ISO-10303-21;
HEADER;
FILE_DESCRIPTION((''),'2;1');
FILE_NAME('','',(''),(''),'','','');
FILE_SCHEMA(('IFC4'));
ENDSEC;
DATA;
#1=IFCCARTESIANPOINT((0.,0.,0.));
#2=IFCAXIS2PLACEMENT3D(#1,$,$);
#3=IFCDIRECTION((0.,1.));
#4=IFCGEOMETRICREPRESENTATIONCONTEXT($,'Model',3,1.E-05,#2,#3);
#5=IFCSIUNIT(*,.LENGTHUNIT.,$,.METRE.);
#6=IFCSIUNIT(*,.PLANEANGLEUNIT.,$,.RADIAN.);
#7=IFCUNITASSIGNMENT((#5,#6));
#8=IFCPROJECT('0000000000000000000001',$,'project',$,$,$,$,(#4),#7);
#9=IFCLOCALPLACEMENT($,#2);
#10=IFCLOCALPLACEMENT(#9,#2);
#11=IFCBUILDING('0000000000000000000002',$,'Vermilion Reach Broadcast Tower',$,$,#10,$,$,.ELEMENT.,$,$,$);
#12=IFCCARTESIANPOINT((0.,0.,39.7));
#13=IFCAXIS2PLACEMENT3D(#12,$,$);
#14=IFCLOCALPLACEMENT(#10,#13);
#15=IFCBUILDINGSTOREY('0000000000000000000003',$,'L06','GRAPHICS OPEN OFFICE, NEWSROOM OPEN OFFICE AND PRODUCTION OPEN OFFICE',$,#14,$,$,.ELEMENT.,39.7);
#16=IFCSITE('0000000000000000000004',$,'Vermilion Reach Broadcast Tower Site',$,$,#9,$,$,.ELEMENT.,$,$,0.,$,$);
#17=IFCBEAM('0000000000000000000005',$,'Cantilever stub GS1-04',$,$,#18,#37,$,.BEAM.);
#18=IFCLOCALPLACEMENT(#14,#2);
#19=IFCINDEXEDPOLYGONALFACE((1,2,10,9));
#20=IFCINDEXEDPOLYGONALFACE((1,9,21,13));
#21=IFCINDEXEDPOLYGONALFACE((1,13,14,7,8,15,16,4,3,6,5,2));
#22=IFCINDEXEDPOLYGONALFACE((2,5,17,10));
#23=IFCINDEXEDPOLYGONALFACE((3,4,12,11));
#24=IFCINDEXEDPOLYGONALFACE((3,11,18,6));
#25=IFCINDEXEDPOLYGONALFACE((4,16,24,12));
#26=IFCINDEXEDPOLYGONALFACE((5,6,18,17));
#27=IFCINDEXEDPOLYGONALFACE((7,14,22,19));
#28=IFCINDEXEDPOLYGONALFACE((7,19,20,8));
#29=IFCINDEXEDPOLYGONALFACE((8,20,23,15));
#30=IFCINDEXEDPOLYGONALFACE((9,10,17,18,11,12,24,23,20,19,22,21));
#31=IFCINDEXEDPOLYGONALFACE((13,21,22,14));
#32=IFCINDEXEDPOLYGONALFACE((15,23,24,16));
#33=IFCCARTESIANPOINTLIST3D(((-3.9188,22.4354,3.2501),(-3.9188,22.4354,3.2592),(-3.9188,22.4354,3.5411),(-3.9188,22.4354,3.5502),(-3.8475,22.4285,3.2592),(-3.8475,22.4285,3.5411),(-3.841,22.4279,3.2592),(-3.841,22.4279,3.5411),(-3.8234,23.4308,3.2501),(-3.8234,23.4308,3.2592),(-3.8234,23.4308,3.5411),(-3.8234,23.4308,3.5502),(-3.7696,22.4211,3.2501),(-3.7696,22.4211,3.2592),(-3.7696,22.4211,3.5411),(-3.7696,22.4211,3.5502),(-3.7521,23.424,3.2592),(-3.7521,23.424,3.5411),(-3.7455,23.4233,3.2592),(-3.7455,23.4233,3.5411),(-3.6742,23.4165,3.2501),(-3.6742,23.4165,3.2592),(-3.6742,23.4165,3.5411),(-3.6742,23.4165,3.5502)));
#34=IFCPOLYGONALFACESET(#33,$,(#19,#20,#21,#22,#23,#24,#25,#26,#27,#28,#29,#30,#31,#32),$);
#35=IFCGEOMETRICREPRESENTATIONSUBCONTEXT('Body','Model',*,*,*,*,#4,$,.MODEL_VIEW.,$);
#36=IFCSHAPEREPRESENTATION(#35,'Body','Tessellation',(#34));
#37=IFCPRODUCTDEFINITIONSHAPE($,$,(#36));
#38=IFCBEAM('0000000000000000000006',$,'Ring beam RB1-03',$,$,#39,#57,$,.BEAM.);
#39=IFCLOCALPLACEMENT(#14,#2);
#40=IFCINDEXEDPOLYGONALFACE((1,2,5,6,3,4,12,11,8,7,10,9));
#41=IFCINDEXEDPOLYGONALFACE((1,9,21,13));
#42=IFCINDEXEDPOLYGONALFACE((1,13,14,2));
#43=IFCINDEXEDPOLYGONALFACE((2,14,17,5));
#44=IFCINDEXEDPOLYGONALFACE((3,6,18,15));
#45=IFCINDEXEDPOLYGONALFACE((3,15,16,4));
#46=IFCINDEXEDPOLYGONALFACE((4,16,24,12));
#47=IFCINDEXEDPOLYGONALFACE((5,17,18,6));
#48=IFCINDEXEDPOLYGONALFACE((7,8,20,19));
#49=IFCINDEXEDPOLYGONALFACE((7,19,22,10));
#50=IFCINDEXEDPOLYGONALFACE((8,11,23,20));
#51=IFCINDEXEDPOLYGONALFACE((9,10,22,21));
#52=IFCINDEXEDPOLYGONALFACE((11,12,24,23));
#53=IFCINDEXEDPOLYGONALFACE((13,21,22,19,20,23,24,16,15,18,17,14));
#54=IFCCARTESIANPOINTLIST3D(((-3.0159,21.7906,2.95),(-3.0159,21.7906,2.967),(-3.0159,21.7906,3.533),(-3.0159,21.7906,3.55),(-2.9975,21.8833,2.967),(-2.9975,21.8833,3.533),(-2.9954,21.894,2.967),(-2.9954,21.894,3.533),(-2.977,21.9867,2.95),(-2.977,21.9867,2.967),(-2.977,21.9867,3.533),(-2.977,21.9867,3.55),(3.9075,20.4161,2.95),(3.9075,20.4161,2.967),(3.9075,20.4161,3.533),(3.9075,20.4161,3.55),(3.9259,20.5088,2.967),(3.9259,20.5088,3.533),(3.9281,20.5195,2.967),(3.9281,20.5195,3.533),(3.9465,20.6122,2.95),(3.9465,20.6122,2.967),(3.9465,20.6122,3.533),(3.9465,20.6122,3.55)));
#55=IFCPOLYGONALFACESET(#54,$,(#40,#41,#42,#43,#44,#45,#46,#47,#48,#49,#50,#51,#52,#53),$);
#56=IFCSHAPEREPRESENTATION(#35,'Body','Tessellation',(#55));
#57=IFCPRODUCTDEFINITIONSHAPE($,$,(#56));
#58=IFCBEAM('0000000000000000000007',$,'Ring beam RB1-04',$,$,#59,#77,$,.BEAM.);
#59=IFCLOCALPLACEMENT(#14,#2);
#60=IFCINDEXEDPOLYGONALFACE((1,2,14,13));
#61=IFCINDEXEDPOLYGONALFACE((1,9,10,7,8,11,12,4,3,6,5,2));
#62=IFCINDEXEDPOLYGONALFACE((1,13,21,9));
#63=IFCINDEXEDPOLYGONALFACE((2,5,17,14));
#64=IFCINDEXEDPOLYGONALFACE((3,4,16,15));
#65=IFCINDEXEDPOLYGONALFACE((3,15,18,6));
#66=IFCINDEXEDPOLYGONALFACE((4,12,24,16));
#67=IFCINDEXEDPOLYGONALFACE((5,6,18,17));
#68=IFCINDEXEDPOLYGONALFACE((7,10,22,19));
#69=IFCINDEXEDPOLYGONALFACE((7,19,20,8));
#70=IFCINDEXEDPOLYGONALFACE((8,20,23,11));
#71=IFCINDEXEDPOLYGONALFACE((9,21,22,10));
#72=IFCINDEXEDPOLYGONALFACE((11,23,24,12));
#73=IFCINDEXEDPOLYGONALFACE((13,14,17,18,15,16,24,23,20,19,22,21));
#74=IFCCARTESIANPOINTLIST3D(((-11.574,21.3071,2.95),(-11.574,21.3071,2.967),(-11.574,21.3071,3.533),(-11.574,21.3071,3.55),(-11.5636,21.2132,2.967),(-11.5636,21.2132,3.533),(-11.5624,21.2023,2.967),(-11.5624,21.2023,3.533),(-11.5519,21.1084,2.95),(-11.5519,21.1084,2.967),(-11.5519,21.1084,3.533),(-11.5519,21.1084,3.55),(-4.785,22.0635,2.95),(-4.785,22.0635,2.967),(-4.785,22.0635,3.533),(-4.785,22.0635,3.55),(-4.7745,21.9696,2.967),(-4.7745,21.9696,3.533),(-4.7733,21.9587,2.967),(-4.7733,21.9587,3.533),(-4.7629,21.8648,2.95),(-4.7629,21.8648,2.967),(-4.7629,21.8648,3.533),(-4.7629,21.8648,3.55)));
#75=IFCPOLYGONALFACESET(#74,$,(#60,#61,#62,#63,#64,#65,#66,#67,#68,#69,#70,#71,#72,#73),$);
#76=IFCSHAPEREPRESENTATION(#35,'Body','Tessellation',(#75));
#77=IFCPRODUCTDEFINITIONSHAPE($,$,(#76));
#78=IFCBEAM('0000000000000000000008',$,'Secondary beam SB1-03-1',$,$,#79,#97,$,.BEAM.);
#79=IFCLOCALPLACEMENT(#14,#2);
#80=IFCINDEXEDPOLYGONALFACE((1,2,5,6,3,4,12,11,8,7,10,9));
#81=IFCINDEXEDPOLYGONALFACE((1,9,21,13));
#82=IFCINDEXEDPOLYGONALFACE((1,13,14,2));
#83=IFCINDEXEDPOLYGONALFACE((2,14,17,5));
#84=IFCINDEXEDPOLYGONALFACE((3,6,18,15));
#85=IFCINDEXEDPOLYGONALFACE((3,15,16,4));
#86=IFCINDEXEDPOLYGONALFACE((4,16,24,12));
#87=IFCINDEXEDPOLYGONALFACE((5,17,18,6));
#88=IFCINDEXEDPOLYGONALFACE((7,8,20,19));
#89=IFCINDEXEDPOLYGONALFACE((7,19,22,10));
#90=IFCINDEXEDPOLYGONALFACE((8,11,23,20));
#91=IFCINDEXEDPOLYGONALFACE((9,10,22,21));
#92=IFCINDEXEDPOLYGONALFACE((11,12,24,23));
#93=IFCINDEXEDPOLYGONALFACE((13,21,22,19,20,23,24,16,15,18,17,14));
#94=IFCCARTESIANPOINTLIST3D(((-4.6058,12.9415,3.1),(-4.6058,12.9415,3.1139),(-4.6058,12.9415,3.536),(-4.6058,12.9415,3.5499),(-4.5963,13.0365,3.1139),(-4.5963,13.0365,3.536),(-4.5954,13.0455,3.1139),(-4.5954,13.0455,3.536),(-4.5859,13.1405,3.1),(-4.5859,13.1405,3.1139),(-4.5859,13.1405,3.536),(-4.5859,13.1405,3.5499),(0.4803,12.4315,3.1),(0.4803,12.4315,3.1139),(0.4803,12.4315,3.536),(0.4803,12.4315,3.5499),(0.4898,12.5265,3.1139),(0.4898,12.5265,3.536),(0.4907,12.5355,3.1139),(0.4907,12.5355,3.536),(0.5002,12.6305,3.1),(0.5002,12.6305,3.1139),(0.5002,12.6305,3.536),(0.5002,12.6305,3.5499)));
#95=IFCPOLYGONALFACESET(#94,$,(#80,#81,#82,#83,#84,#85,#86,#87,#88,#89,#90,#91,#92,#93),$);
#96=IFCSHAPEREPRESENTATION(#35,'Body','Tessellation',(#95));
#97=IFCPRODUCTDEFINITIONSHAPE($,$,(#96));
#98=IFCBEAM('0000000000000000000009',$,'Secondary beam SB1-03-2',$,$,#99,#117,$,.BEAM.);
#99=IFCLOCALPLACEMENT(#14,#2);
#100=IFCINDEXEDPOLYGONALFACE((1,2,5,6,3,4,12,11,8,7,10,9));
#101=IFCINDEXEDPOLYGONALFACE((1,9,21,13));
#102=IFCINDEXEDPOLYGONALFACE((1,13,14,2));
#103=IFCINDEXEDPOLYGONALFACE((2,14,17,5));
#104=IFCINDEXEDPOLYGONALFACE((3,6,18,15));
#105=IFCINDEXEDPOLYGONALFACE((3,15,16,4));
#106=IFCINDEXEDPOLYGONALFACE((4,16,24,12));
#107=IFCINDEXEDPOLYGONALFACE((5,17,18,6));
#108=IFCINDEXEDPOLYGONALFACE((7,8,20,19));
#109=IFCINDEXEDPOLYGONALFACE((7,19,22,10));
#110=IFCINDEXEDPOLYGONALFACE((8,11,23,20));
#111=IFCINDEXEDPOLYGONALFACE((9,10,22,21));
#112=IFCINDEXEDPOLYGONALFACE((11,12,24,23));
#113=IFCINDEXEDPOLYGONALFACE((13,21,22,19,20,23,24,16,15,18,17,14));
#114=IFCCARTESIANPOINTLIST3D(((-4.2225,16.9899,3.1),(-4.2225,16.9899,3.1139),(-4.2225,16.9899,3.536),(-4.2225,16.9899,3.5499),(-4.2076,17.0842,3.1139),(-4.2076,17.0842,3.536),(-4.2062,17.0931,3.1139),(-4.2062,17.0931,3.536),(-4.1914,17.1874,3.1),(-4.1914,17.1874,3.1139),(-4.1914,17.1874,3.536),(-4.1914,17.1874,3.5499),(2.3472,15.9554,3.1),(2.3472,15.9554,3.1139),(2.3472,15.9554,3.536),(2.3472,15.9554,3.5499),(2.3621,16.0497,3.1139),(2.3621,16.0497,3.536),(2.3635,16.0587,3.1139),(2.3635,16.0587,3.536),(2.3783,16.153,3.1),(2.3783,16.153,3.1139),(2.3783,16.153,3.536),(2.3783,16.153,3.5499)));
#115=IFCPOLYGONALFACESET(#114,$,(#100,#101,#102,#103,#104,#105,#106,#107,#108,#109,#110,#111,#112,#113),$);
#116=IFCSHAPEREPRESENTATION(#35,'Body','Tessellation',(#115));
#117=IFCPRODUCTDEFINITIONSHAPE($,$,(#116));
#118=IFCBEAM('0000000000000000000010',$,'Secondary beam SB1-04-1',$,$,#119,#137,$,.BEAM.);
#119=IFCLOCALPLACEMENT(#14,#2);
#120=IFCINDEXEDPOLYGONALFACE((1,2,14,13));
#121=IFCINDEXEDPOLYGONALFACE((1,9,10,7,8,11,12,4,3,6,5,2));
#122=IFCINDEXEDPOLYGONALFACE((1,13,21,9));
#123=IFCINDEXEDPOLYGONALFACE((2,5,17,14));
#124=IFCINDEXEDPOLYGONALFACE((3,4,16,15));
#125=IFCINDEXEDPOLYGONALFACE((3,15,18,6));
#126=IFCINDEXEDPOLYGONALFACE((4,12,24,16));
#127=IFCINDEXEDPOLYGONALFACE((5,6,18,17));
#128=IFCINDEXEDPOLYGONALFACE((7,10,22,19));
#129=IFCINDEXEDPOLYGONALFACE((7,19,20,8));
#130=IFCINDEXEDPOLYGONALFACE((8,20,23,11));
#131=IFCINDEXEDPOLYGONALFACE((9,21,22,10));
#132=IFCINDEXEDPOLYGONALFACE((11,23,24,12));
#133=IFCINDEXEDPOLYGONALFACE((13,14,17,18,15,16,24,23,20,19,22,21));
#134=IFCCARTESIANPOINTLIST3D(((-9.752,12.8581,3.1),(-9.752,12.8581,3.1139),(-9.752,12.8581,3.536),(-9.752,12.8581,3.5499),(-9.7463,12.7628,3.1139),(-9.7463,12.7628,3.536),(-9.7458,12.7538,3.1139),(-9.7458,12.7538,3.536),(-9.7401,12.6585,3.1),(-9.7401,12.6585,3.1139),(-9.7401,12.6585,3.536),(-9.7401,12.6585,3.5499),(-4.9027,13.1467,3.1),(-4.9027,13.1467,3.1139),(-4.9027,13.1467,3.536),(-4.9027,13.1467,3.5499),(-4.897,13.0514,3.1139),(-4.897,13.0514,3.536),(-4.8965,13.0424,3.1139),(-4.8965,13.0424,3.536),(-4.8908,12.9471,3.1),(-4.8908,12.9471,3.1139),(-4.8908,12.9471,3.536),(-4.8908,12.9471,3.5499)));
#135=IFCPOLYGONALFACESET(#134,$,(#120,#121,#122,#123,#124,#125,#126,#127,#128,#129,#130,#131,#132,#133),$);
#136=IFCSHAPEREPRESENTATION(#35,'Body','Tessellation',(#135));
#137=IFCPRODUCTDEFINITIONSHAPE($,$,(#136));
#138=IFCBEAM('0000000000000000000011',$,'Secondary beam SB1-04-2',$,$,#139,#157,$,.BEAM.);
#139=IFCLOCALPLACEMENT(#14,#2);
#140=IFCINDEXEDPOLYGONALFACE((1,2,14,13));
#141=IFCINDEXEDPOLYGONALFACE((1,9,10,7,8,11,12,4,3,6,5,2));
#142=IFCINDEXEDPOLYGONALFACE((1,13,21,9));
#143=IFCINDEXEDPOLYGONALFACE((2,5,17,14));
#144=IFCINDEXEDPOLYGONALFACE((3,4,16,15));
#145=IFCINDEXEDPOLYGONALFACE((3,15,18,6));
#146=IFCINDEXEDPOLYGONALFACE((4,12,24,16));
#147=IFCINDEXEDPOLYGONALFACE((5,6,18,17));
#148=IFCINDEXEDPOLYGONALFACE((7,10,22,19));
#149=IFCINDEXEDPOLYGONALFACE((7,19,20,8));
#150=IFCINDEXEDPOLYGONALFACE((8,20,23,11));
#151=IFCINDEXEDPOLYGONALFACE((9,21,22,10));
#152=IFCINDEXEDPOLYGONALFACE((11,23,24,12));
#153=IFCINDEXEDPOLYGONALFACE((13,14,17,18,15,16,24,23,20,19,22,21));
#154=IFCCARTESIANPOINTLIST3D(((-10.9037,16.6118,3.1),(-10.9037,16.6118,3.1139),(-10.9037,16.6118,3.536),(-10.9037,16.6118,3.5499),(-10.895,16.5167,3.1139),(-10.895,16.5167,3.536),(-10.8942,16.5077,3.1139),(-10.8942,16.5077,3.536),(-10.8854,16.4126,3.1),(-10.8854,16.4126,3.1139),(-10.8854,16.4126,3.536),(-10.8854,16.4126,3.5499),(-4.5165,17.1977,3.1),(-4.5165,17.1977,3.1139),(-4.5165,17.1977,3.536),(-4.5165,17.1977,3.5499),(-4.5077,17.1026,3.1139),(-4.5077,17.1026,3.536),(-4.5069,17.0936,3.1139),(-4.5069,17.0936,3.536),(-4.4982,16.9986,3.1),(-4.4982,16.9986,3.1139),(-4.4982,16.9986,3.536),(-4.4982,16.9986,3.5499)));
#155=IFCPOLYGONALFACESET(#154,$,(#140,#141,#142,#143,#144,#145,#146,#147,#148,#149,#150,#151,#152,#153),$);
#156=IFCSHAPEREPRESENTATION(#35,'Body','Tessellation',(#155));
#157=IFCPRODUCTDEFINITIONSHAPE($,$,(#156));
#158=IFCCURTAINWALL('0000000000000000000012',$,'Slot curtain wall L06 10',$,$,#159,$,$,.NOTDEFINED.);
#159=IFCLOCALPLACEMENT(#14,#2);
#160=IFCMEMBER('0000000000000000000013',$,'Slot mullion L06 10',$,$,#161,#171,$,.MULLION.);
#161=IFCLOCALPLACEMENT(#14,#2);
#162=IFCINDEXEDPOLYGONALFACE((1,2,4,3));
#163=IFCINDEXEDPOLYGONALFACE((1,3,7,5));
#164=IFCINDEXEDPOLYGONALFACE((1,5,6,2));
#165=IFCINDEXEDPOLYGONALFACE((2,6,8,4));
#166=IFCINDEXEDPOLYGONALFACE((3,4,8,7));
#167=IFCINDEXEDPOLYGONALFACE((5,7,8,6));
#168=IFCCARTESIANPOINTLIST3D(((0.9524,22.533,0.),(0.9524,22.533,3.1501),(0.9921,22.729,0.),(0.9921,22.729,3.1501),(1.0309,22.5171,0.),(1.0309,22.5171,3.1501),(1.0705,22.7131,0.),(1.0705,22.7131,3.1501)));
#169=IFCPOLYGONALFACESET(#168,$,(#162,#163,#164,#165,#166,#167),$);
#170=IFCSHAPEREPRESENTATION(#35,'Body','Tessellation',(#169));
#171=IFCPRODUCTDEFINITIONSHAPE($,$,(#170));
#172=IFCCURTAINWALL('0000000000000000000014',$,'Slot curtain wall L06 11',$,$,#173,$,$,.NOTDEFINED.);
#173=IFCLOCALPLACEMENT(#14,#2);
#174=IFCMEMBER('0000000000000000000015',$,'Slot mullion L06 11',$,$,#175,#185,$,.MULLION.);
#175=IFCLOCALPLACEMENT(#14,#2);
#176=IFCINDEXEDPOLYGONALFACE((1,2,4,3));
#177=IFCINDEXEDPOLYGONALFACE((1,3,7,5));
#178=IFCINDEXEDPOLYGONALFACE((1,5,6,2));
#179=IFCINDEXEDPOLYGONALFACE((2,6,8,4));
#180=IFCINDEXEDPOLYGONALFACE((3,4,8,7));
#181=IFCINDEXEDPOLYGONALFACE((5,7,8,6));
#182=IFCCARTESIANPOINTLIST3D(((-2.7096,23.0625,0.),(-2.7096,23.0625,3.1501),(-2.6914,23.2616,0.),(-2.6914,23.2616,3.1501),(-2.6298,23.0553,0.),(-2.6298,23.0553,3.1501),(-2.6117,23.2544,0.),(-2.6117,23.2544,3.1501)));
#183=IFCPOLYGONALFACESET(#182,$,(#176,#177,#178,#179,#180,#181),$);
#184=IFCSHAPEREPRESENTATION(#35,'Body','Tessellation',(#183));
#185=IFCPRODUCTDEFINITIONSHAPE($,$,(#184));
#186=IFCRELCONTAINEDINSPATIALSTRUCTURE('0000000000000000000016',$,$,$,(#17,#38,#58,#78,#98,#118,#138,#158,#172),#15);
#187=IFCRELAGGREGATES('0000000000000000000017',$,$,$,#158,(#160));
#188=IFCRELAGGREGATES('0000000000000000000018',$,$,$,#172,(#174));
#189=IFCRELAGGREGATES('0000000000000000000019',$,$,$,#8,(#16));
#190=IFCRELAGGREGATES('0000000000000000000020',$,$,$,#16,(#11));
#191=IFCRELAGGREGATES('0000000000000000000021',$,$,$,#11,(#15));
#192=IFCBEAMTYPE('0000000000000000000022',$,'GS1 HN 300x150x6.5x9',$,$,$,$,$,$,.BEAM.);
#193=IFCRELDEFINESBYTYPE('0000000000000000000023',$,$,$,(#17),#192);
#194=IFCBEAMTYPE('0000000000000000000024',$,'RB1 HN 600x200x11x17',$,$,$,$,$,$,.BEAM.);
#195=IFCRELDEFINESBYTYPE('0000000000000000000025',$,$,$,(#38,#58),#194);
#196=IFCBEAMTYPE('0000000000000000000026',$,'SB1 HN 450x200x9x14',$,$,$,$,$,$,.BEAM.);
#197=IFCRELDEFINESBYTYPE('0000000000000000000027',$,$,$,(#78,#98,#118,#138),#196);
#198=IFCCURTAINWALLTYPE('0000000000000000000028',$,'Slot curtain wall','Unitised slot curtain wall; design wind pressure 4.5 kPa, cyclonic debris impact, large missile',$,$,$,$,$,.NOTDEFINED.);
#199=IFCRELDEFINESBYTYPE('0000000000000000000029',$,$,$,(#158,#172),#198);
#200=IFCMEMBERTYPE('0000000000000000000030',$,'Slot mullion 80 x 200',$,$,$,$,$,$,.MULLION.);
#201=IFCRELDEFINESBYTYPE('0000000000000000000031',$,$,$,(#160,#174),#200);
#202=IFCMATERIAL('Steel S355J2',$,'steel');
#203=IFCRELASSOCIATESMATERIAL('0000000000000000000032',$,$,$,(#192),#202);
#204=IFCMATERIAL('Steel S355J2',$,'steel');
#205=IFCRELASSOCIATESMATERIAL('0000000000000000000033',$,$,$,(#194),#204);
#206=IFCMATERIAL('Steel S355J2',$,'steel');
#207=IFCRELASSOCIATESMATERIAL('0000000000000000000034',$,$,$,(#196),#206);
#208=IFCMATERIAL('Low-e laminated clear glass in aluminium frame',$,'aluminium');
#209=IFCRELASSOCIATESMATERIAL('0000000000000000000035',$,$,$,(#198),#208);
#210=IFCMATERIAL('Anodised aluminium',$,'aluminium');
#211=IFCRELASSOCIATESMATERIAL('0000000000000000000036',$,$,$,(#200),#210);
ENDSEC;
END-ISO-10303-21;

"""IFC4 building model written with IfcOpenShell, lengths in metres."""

from ifc_helpers import new_model, si_unit, direction, frame, origin, origin_2d, place, context, subcontext, project, spatial, rectangle, i_section, extrude, material, material_profile, profile_set, type_object, element, aggregate, save


model = new_model("IFC4")

# Units and contexts
model_context = context("Model", 3, precision=1e-05, world=origin(), true_north=direction((0.0, 1.0)))
body_context = subcontext(model_context, "Body", "Model", "MODEL_VIEW")
ifc_project = project(units=[si_unit("LENGTHUNIT", "METRE"), si_unit("PLANEANGLEUNIT", "RADIAN")], contexts=[model_context])

# Site, building, storey
site_placement = place(None, origin())
site = spatial("IfcSite", under=ifc_project, at=site_placement, Name="Vermilion Reach Broadcast Tower Site", CompositionType="ELEMENT", RefElevation=0.0)
building_placement = place(site_placement, origin())
building = spatial("IfcBuilding", under=site, at=building_placement, Name="Vermilion Reach Broadcast Tower", CompositionType="ELEMENT")
storey_placement = place(building_placement, frame((0.0, 0.0, 39.7)))
storey = spatial("IfcBuildingStorey", under=building, at=storey_placement, Name="L06", Description="GRAPHICS OPEN OFFICE, NEWSROOM OPEN OFFICE AND PRODUCTION OPEN OFFICE", CompositionType="ELEMENT", Elevation=39.7)

# Beams
ifc_material_1 = material(Name="Steel S355J2", Category="steel")
ifc_material_profile_1 = material_profile(ifc_material_1, i_section(OverallWidth=0.1499, OverallDepth=0.3, WebThickness=0.0066, FlangeThickness=0.009, at=origin_2d()), Name="S355J2 HN 300x150x6.5x9")
ifc_profile_set_1 = profile_set([ifc_material_profile_1], Name="Steel S355J2")
beam_type_1 = type_object("IfcBeamType", Name="GS1 HN 300x150x6.5x9", PredefinedType="BEAM", material=ifc_profile_set_1)
beam_1_placement = place(storey_placement, frame((-3.8442, 22.4282, 3.4001), z_axis=(0.095466, 0.995433, 0.0), x_axis=(-0.995433, 0.095466, 0.0)))
element("IfcBeam", 1, at=beam_1_placement, inside=storey, type_object=beam_type_1, Name="Cantilever stub GS1-04", PredefinedType="BEAM", context=body_context, shape_type="SweptSolid", body=[
    extrude(i_section(OverallWidth=0.1499, OverallDepth=0.3, WebThickness=0.0066, FlangeThickness=0.009, at=origin_2d()), origin(), (0.0, 0.0, 1.0), 1.0),
])
ifc_material_2 = material(Name="Steel S355J2", Category="steel")
ifc_material_profile_2 = material_profile(ifc_material_2, i_section(OverallWidth=0.2, OverallDepth=0.6001, WebThickness=0.011, FlangeThickness=0.0171, at=origin_2d()), Name="S355J2 HN 600x200x11x17")
ifc_profile_set_2 = profile_set([ifc_material_profile_2], Name="Steel S355J2")
beam_type_2 = type_object("IfcBeamType", Name="RB1 HN 600x200x11x17", PredefinedType="BEAM", material=ifc_profile_set_2)
beam_2_placement = place(storey_placement, frame((3.927, 20.5142, 3.25), z_axis=(-0.980858, 0.194726, 0.0), x_axis=(-0.194726, -0.980858, 0.0)))
element("IfcBeam", 2, at=beam_2_placement, inside=storey, type_object=beam_type_2, Name="Ring beam RB1-03", PredefinedType="BEAM", context=body_context, shape_type="SweptSolid", body=[
    extrude(i_section(OverallWidth=0.2, OverallDepth=0.6001, WebThickness=0.011, FlangeThickness=0.0171, at=origin_2d()), origin(), (0.0, 0.0, 1.0), 7.0586),
])
beam_3_placement = place(storey_placement, frame((-4.7739, 21.9641, 3.25), z_axis=(-0.993851, -0.110722, 0.0), x_axis=(0.110722, -0.993851, 0.0)))
element("IfcBeam", 3, at=beam_3_placement, inside=storey, type_object=beam_type_2, Name="Ring beam RB1-04", PredefinedType="BEAM", context=body_context, shape_type="SweptSolid", body=[
    extrude(i_section(OverallWidth=0.2, OverallDepth=0.6001, WebThickness=0.011, FlangeThickness=0.0171, at=origin_2d()), origin(), (0.0, 0.0, 1.0), 6.8311),
])
ifc_material_3 = material(Name="Steel S355J2", Category="steel")
ifc_material_profile_3 = material_profile(ifc_material_3, i_section(OverallWidth=0.2, OverallDepth=0.45, WebThickness=0.009, FlangeThickness=0.0139, at=origin_2d()), Name="S355J2 HN 450x200x9x14")
ifc_profile_set_3 = profile_set([ifc_material_profile_3], Name="Steel S355J2")
beam_type_3 = type_object("IfcBeamType", Name="SB1 HN 450x200x9x14", PredefinedType="BEAM", material=ifc_profile_set_3)
beam_4_placement = place(storey_placement, frame((0.4902, 12.531, 3.325), z_axis=(-0.99501, 0.099773, 0.0), x_axis=(-0.099773, -0.99501, 0.0)))
element("IfcBeam", 4, at=beam_4_placement, inside=storey, type_object=beam_type_3, Name="Secondary beam SB1-03-1", PredefinedType="BEAM", context=body_context, shape_type="SweptSolid", body=[
    extrude(i_section(OverallWidth=0.2, OverallDepth=0.45, WebThickness=0.009, FlangeThickness=0.0139, at=origin_2d()), origin(), (0.0, 0.0, 1.0), 5.1116),
])
beam_5_placement = place(storey_placement, frame((2.3628, 16.0542, 3.325), z_axis=(-0.98783, 0.15554, 0.0), x_axis=(-0.15554, -0.98783, 0.0)))
element("IfcBeam", 5, at=beam_5_placement, inside=storey, type_object=beam_type_3, Name="Secondary beam SB1-03-2", PredefinedType="BEAM", context=body_context, shape_type="SweptSolid", body=[
    extrude(i_section(OverallWidth=0.2, OverallDepth=0.45, WebThickness=0.009, FlangeThickness=0.0139, at=origin_2d()), origin(), (0.0, 0.0, 1.0), 6.6506),
])
beam_6_placement = place(storey_placement, frame((-4.8967, 13.0469, 3.325), z_axis=(-0.998234, -0.059403, 0.0), x_axis=(0.059403, -0.998234, 0.0)))
element("IfcBeam", 6, at=beam_6_placement, inside=storey, type_object=beam_type_3, Name="Secondary beam SB1-04-1", PredefinedType="BEAM", context=body_context, shape_type="SweptSolid", body=[
    extrude(i_section(OverallWidth=0.2, OverallDepth=0.45, WebThickness=0.009, FlangeThickness=0.0139, at=origin_2d()), origin(), (0.0, 0.0, 1.0), 4.8579),
])
beam_7_placement = place(storey_placement, frame((-4.5073, 17.0981, 3.325), z_axis=(-0.995819, -0.091353, 0.0), x_axis=(0.091353, -0.995819, 0.0)))
element("IfcBeam", 7, at=beam_7_placement, inside=storey, type_object=beam_type_3, Name="Secondary beam SB1-04-2", PredefinedType="BEAM", context=body_context, shape_type="SweptSolid", body=[
    extrude(i_section(OverallWidth=0.2, OverallDepth=0.45, WebThickness=0.009, FlangeThickness=0.0139, at=origin_2d()), origin(), (0.0, 0.0, 1.0), 6.4141),
])

# Curtain walls, members
ifc_material_4 = material(Name="Low-e laminated clear glass in aluminium frame", Category="aluminium")
curtain_wall_type = type_object("IfcCurtainWallType", Name="Slot curtain wall", Description="Unitised slot curtain wall; design wind pressure 4.5 kPa, cyclonic debris impact, large missile", PredefinedType="NOTDEFINED", material=ifc_material_4)
placement_1 = place(storey_placement, origin())
curtain_wall_1 = element("IfcCurtainWall", 8, at=placement_1, inside=storey, type_object=curtain_wall_type, Name="Slot curtain wall L06 10", PredefinedType="NOTDEFINED")
ifc_material_5 = material(Name="Anodised aluminium", Category="aluminium")
ifc_material_profile_4 = material_profile(ifc_material_5, rectangle(XDim=0.2, YDim=0.0801, at=origin_2d()), Name="Slot mullion 80 x 200")
ifc_profile_set_4 = profile_set([ifc_material_profile_4], Name="Anodised aluminium")
member_type_1 = type_object("IfcMemberType", Name="Slot mullion 80 x 200", PredefinedType="MULLION", material=ifc_profile_set_4)
member_1_placement = place(storey_placement, frame((1.0115, 22.623, 0.0), z_axis=(0.0, 0.0, 1.0), x_axis=(-0.198359, -0.980129, 0.0)))
member_1 = element("IfcMember", 9, at=member_1_placement, type_object=member_type_1, Name="Slot mullion L06 10", PredefinedType="MULLION", context=body_context, shape_type="SweptSolid", body=[
    extrude(rectangle(XDim=0.2, YDim=0.0801, at=origin_2d()), origin(), (0.0, 0.0, 1.0), 3.1501),
])
curtain_wall_2 = element("IfcCurtainWall", 10, at=placement_1, inside=storey, type_object=curtain_wall_type, Name="Slot curtain wall L06 11", PredefinedType="NOTDEFINED")
member_2_placement = place(storey_placement, frame((-2.6606, 23.1584, 0.0), z_axis=(0.0, 0.0, 1.0), x_axis=(-0.090736, -0.995875, 0.0)))
member_2 = element("IfcMember", 11, at=member_2_placement, type_object=member_type_1, Name="Slot mullion L06 11", PredefinedType="MULLION", context=body_context, shape_type="SweptSolid", body=[
    extrude(rectangle(XDim=0.2, YDim=0.0801, at=origin_2d()), origin(), (0.0, 0.0, 1.0), 3.1501),
])

aggregate(curtain_wall_1, [member_1])
aggregate(curtain_wall_2, [member_2])

save(model, "model.ifc")
